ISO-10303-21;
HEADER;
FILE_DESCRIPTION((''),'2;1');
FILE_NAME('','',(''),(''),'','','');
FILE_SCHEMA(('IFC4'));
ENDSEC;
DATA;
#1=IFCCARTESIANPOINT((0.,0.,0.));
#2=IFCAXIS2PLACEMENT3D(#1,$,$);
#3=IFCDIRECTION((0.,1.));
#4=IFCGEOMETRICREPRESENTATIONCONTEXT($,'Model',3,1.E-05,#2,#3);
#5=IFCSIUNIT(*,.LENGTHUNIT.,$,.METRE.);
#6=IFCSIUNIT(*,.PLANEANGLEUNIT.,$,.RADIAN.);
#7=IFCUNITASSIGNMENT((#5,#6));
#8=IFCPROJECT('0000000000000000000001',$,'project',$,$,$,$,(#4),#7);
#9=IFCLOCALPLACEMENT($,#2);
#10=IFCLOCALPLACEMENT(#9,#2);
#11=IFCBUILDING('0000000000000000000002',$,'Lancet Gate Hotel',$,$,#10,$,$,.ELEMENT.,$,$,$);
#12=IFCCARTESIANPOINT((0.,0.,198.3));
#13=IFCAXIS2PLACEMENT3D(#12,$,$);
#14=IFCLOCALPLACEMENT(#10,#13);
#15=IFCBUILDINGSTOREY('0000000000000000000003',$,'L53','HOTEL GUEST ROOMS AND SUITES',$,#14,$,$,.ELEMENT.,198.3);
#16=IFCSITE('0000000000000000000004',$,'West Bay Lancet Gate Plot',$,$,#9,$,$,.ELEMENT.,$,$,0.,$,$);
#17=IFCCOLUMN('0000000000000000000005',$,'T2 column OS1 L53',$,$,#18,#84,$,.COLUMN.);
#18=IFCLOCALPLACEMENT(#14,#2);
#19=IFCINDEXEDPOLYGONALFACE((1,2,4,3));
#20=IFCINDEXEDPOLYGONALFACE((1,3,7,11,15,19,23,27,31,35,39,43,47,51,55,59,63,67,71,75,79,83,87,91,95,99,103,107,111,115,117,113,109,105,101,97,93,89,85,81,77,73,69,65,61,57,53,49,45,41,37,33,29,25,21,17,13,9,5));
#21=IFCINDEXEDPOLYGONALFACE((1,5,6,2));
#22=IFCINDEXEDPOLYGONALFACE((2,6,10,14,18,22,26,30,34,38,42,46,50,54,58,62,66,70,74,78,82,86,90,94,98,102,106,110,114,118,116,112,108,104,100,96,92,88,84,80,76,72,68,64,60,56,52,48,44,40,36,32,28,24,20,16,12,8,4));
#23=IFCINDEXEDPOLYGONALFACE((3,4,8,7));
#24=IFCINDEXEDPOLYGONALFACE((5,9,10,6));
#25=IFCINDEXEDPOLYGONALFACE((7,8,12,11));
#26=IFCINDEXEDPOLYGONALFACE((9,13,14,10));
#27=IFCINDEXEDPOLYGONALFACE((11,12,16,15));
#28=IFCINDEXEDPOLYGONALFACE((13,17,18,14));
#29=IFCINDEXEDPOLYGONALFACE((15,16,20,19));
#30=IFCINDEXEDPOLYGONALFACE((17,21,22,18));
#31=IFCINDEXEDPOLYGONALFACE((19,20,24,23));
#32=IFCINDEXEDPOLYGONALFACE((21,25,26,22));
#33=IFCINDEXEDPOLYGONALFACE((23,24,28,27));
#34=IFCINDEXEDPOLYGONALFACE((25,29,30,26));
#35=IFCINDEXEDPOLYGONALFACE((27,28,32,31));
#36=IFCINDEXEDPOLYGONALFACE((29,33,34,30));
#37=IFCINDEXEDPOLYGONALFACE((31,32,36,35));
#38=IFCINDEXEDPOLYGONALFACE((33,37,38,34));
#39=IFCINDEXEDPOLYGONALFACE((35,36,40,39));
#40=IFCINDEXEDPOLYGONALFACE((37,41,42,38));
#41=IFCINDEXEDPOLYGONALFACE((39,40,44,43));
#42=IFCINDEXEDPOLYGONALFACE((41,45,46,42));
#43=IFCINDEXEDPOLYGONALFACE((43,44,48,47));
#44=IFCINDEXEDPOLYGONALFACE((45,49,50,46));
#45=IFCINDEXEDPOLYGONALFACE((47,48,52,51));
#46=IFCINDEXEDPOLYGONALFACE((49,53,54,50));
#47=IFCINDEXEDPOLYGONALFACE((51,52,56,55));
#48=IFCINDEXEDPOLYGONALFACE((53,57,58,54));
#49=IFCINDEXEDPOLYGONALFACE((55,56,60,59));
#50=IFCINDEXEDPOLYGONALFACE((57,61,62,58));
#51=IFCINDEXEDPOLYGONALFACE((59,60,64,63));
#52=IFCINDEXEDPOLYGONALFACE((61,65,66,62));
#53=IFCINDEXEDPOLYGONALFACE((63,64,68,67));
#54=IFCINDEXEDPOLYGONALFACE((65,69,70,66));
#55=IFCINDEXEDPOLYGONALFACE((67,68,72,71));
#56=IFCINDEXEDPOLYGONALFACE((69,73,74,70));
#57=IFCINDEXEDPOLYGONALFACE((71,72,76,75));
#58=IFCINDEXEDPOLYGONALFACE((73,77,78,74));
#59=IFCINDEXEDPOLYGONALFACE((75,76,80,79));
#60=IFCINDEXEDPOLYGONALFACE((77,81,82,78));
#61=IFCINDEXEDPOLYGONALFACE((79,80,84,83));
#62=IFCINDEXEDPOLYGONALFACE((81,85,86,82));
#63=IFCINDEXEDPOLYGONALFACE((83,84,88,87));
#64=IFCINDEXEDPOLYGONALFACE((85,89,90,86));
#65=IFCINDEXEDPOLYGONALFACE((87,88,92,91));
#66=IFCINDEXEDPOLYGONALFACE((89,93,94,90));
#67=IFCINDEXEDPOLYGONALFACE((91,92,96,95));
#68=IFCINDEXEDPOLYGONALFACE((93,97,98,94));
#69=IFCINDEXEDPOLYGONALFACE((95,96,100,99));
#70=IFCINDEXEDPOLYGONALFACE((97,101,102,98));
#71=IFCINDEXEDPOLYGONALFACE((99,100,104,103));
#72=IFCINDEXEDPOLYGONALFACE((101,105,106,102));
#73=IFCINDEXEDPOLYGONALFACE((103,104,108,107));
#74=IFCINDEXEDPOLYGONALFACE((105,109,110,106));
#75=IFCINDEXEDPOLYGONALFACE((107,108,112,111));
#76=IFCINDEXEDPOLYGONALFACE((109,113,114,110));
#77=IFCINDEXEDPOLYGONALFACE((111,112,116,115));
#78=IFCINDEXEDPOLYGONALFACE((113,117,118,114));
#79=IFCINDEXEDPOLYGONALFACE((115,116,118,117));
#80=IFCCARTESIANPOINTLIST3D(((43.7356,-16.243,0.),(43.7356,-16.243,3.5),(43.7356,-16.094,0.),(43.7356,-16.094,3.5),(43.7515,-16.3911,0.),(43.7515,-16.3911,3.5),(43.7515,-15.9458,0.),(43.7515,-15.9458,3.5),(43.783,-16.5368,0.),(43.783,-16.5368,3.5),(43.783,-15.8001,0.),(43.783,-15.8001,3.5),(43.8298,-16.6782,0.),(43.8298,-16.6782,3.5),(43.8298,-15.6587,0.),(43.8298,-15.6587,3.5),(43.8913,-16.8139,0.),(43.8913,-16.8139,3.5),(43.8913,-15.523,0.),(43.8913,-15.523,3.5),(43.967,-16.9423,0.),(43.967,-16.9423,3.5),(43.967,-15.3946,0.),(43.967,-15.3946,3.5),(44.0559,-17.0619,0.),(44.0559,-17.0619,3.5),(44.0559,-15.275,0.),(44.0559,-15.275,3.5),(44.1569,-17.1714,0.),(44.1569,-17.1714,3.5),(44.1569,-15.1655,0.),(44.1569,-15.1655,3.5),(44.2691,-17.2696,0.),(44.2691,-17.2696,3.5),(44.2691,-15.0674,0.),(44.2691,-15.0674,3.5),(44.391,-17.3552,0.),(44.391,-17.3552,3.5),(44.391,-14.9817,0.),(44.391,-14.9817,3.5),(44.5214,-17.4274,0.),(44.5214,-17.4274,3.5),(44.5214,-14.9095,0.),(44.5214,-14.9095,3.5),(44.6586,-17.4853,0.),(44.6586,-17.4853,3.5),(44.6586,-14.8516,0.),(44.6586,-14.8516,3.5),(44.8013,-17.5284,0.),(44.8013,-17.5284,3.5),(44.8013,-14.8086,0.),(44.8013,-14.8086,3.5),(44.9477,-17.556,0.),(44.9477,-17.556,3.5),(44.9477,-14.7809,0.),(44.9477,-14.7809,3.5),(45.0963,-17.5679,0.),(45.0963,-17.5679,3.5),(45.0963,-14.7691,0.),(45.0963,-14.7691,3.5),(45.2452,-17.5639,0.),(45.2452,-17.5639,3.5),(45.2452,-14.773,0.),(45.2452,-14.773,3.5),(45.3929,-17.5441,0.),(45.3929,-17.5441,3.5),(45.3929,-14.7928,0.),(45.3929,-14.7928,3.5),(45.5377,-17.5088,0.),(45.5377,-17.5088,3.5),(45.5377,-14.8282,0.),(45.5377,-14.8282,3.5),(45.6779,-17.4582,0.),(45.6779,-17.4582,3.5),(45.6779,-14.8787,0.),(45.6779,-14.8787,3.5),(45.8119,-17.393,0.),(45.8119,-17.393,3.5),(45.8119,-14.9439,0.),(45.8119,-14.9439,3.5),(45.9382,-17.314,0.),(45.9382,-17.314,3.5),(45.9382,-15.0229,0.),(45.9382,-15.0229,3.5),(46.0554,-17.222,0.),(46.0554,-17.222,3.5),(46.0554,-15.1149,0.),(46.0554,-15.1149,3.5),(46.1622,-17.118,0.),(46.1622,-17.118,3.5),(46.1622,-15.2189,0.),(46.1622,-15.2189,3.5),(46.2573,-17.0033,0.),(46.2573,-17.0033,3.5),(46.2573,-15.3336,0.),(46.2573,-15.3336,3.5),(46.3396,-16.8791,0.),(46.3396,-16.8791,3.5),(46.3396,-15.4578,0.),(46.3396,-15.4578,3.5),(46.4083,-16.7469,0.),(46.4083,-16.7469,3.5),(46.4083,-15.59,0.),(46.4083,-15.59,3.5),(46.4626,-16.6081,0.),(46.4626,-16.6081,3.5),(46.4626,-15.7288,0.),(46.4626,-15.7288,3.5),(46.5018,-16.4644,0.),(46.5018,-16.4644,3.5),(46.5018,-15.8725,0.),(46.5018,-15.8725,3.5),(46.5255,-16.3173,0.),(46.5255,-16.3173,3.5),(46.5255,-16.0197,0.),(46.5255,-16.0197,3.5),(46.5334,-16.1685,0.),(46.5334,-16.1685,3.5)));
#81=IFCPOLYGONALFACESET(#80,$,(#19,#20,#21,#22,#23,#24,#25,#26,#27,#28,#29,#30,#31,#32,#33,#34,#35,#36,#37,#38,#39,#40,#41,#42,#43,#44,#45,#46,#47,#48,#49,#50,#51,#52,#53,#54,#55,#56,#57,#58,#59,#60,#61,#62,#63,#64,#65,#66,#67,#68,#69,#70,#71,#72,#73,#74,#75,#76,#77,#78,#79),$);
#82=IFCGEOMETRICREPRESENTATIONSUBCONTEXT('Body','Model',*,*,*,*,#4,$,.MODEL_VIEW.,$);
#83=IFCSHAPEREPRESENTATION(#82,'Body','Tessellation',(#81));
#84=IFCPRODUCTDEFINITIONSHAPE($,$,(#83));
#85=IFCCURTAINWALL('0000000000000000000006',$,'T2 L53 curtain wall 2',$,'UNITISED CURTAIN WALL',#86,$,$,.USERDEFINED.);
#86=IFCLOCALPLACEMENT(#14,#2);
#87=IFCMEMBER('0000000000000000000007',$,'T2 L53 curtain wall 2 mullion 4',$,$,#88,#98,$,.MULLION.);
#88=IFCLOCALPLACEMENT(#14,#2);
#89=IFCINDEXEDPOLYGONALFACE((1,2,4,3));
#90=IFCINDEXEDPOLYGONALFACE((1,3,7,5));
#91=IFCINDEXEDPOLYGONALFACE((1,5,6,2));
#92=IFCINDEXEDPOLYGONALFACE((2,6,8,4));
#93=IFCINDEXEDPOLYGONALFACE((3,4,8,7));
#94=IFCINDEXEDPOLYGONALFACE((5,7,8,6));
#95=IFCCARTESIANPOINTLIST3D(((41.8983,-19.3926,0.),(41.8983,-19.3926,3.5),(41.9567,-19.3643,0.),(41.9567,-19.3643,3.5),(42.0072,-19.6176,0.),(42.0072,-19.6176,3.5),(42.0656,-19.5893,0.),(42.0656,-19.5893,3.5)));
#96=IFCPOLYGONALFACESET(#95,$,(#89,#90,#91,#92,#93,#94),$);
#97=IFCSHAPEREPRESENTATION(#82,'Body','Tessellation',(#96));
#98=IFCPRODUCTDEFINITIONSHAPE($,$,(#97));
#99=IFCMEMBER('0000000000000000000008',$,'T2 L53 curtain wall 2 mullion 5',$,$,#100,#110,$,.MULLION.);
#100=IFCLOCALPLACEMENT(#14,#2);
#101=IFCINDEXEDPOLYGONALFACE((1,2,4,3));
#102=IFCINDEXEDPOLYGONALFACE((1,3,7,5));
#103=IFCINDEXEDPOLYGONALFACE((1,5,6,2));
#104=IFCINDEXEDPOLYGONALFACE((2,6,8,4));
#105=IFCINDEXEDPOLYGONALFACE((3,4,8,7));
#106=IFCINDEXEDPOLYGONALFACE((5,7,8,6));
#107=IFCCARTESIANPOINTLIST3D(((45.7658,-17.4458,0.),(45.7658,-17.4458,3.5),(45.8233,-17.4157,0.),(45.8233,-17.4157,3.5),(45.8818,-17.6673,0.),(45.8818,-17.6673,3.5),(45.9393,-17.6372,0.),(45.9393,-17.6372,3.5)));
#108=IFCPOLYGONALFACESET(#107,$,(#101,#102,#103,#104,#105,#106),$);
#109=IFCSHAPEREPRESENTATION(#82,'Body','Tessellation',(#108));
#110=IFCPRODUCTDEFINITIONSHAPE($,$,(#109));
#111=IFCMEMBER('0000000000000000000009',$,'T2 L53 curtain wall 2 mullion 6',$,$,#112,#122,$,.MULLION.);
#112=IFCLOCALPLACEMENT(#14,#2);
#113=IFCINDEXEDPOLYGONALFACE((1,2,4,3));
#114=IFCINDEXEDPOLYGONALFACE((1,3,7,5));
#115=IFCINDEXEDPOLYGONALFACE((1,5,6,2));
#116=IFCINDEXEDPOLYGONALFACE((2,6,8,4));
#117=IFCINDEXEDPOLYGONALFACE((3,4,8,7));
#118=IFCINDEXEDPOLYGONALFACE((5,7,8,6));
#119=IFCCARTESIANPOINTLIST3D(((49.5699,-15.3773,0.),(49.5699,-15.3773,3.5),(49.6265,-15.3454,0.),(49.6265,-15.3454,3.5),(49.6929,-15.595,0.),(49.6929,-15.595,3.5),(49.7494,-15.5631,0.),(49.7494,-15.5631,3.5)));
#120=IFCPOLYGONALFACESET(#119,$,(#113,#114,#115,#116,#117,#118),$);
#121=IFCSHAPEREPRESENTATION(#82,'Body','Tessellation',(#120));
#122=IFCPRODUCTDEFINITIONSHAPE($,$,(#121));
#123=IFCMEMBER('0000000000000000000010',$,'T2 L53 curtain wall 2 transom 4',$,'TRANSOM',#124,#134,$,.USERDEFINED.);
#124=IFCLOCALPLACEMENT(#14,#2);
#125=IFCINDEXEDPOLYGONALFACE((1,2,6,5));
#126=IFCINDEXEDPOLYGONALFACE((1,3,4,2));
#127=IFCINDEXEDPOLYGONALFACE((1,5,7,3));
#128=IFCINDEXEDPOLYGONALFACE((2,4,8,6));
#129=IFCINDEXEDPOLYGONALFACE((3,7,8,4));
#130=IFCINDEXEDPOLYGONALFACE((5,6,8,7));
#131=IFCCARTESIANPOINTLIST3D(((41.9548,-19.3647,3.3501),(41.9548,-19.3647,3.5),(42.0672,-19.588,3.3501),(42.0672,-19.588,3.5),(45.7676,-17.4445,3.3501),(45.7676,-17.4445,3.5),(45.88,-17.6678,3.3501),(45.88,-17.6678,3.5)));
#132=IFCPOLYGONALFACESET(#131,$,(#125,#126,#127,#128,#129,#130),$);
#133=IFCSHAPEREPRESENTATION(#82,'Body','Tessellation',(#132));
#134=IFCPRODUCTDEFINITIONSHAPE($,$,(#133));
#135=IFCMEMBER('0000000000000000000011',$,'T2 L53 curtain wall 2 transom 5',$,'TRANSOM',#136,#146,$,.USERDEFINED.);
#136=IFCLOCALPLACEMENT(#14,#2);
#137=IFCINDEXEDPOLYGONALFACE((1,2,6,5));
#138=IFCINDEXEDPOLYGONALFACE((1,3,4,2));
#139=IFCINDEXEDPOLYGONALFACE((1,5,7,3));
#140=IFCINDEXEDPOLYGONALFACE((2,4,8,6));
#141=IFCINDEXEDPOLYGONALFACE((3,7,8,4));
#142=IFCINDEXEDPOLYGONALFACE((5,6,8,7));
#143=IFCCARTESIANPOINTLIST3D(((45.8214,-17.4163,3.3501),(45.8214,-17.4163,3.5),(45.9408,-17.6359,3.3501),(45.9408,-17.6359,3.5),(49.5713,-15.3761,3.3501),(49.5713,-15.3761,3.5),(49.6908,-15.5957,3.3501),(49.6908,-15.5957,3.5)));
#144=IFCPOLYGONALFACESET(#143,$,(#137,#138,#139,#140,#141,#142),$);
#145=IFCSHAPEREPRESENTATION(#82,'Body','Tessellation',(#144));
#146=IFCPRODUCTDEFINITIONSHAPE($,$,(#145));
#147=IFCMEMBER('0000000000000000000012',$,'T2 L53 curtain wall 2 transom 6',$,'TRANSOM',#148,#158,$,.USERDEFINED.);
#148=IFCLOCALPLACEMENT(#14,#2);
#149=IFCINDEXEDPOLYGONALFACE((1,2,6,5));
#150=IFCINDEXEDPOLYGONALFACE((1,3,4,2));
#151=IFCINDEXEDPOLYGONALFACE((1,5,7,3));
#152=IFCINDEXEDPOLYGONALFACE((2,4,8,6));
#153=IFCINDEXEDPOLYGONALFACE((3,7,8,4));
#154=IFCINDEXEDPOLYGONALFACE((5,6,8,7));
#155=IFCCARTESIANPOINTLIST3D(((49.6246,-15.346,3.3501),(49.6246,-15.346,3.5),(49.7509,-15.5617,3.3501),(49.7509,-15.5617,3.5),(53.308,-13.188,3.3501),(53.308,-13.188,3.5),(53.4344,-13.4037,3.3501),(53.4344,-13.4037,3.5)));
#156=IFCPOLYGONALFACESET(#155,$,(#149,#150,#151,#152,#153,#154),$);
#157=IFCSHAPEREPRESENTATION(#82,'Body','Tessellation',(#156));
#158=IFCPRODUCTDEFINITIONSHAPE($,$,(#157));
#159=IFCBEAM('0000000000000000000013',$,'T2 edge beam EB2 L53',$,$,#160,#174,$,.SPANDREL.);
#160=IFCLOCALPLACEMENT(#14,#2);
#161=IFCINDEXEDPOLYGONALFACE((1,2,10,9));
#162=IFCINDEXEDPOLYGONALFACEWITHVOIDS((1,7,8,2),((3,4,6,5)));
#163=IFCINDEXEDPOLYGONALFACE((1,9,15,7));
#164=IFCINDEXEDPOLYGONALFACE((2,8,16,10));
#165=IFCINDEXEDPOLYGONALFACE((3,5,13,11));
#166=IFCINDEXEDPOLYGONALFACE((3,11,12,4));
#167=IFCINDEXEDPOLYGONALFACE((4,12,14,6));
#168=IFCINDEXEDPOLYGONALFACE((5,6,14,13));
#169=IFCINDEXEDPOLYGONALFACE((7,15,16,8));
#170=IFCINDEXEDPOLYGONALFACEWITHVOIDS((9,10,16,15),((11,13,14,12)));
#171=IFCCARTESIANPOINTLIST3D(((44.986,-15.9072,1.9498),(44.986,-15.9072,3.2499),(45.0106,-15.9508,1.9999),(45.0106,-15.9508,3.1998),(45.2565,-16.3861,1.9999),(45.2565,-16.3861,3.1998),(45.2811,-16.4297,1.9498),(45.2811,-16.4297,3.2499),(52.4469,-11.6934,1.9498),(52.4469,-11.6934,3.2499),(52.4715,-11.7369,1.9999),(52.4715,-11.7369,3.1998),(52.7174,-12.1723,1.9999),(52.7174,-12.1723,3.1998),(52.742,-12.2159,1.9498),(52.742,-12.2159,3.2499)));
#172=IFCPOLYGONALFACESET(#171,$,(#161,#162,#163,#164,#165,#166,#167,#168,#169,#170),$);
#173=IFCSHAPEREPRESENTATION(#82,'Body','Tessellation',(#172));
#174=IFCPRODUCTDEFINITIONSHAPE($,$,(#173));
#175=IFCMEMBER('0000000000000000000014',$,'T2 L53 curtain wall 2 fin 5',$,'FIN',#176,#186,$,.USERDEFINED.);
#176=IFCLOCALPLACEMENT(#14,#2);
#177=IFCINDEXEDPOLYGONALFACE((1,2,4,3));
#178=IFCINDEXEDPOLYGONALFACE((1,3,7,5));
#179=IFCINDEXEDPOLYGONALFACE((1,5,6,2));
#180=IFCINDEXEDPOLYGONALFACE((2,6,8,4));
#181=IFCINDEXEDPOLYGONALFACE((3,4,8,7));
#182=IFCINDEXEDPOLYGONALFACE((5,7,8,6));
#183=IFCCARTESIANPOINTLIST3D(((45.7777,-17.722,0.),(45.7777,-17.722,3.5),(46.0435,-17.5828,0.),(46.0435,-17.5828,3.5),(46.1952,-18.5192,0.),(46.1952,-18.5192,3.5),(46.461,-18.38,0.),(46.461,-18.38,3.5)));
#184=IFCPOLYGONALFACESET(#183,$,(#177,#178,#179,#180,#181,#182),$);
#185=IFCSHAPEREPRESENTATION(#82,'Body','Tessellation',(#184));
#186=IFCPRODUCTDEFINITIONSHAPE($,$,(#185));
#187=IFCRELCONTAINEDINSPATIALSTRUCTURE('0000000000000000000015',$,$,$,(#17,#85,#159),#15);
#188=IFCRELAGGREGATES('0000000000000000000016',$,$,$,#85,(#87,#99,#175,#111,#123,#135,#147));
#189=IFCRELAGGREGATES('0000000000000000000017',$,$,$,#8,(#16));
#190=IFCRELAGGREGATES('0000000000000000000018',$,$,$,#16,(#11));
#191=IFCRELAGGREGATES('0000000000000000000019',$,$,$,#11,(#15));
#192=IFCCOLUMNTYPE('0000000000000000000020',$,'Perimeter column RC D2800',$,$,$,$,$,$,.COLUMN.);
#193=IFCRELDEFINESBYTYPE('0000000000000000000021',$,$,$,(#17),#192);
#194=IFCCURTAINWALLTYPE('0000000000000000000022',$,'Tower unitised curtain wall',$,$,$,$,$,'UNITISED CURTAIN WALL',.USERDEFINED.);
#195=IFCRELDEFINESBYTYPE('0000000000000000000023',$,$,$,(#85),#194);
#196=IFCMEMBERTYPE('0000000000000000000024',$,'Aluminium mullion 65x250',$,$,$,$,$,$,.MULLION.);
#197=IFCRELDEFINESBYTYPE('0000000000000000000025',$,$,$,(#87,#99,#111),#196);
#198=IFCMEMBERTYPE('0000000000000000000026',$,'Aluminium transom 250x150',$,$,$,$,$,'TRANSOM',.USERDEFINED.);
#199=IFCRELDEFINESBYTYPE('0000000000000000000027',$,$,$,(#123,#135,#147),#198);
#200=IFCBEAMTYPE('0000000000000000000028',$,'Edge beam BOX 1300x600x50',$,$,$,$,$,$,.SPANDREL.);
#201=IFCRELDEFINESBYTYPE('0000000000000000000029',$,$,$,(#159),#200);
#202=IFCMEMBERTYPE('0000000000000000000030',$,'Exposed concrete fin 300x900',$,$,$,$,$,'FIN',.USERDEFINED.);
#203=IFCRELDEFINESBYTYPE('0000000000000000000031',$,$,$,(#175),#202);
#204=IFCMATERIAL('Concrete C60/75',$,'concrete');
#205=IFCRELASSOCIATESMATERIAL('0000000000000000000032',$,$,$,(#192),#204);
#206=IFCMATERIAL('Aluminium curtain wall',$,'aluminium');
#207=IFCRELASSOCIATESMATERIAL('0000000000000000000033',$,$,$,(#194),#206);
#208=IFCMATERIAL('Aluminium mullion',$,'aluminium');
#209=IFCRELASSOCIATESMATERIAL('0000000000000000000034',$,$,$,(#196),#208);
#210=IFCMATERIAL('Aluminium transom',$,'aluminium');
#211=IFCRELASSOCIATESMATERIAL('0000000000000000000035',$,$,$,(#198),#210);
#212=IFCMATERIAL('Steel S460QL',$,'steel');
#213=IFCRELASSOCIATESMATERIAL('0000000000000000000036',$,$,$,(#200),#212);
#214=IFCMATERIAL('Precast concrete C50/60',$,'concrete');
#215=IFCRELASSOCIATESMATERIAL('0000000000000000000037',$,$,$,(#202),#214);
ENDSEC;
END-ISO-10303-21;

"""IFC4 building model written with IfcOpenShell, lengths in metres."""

from ifc_helpers import new_model, si_unit, direction, frame, origin, origin_2d, place, context, subcontext, project, spatial, rectangle, hollow_rectangle, circle, extrude, material, material_profile, profile_set, type_object, element, aggregate, save


model = new_model("IFC4")

# Units and contexts
model_context = context("Model", 3, precision=1e-05, world=origin(), true_north=direction((0.0, 1.0)))
body_context = subcontext(model_context, "Body", "Model", "MODEL_VIEW")
ifc_project = project(units=[si_unit("LENGTHUNIT", "METRE"), si_unit("PLANEANGLEUNIT", "RADIAN")], contexts=[model_context])

# Site, building, storey
site_placement = place(None, origin())
site = spatial("IfcSite", under=ifc_project, at=site_placement, Name="West Bay Lancet Gate Plot", CompositionType="ELEMENT", RefElevation=0.0)
building_placement = place(site_placement, origin())
building = spatial("IfcBuilding", under=site, at=building_placement, Name="Lancet Gate Hotel", CompositionType="ELEMENT")
storey_placement = place(building_placement, frame((0.0, 0.0, 198.3)))
storey = spatial("IfcBuildingStorey", under=building, at=storey_placement, Name="L53", Description="HOTEL GUEST ROOMS AND SUITES", CompositionType="ELEMENT", Elevation=198.3)

# Column
ifc_material_1 = material(Name="Concrete C60/75", Category="concrete")
ifc_material_profile_1 = material_profile(ifc_material_1, circle(Radius=1.3999, at=origin_2d()), Name="RC D2800")
ifc_profile_set_1 = profile_set([ifc_material_profile_1], Name="Concrete C60/75")
column_type = type_object("IfcColumnType", Name="Perimeter column RC D2800", PredefinedType="COLUMN", material=ifc_profile_set_1)
column_placement = place(storey_placement, frame((45.1335, -16.1685, 0.0), z_axis=(0.0, 0.0, 1.0), x_axis=(1.0, 0.0, 0.0)))
element("IfcColumn", 1, at=column_placement, inside=storey, type_object=column_type, Name="T2 column OS1 L53", PredefinedType="COLUMN", context=body_context, shape_type="SweptSolid", body=[
    extrude(circle(Radius=1.3999, at=origin_2d()), origin(), (0.0, 0.0, 1.0), 3.5),
])

# Curtain wall, members
ifc_material_2 = material(Name="Aluminium curtain wall", Category="aluminium")
curtain_wall_type = type_object("IfcCurtainWallType", Name="Tower unitised curtain wall", ElementType="UNITISED CURTAIN WALL", PredefinedType="USERDEFINED", material=ifc_material_2)
curtain_wall_placement = place(storey_placement, origin())
curtain_wall = element("IfcCurtainWall", 2, at=curtain_wall_placement, inside=storey, type_object=curtain_wall_type, Name="T2 L53 curtain wall 2", ObjectType="UNITISED CURTAIN WALL", PredefinedType="USERDEFINED")
ifc_material_3 = material(Name="Aluminium mullion", Category="aluminium")
ifc_material_profile_2 = material_profile(ifc_material_3, rectangle(XDim=0.0649, YDim=0.25, at=origin_2d()), Name="MULLION 65x250")
ifc_profile_set_2 = profile_set([ifc_material_profile_2], Name="Aluminium mullion")
member_type_1 = type_object("IfcMemberType", Name="Aluminium mullion 65x250", PredefinedType="MULLION", material=ifc_profile_set_2)
member_1_placement = place(storey_placement, frame((41.9819, -19.491, 0.0), z_axis=(0.0, 0.0, 1.0), x_axis=(0.900141, 0.435598, 0.0)))
member_1 = element("IfcMember", 3, at=member_1_placement, type_object=member_type_1, Name="T2 L53 curtain wall 2 mullion 4", PredefinedType="MULLION", context=body_context, shape_type="SweptSolid", body=[
    extrude(rectangle(XDim=0.0649, YDim=0.25, at=origin_2d()), origin(), (0.0, 0.0, 1.0), 3.5),
])
member_2_placement = place(storey_placement, frame((45.8525, -17.5415, 0.0), z_axis=(0.0, 0.0, 1.0), x_axis=(0.885877, 0.46392, 0.0)))
member_2 = element("IfcMember", 4, at=member_2_placement, type_object=member_type_1, Name="T2 L53 curtain wall 2 mullion 5", PredefinedType="MULLION", context=body_context, shape_type="SweptSolid", body=[
    extrude(rectangle(XDim=0.0649, YDim=0.25, at=origin_2d()), origin(), (0.0, 0.0, 1.0), 3.5),
])
member_3_placement = place(storey_placement, frame((49.6597, -15.4702, 0.0), z_axis=(0.0, 0.0, 1.0), x_axis=(0.870722, 0.491776, 0.0)))
member_3 = element("IfcMember", 5, at=member_3_placement, type_object=member_type_1, Name="T2 L53 curtain wall 2 mullion 6", PredefinedType="MULLION", context=body_context, shape_type="SweptSolid", body=[
    extrude(rectangle(XDim=0.0649, YDim=0.25, at=origin_2d()), origin(), (0.0, 0.0, 1.0), 3.5),
])
ifc_material_4 = material(Name="Aluminium transom", Category="aluminium")
ifc_material_profile_3 = material_profile(ifc_material_4, rectangle(XDim=0.25, YDim=0.1499, at=origin_2d()), Name="TRANSOM 250x150")
ifc_profile_set_3 = profile_set([ifc_material_profile_3], Name="Aluminium transom")
member_type_2 = type_object("IfcMemberType", Name="Aluminium transom 250x150", ElementType="TRANSOM", PredefinedType="USERDEFINED", material=ifc_profile_set_3)
member_4_placement = place(storey_placement, frame((42.011, -19.4763, 3.425), z_axis=(0.893131, 0.449797, 0.0), x_axis=(-0.449797, 0.893131, 0.0)))
member_4 = element("IfcMember", 6, at=member_4_placement, type_object=member_type_2, Name="T2 L53 curtain wall 2 transom 4", ObjectType="TRANSOM", PredefinedType="USERDEFINED", context=body_context, shape_type="SweptSolid", body=[
    extrude(rectangle(XDim=0.25, YDim=0.1499, at=origin_2d()), origin(), (0.0, 0.0, 1.0), 4.269),
])
member_5_placement = place(storey_placement, frame((45.8811, -17.5261, 3.425), z_axis=(0.878404, 0.477918, 0.0), x_axis=(-0.477918, 0.878404, 0.0)))
member_5 = element("IfcMember", 7, at=member_5_placement, type_object=member_type_2, Name="T2 L53 curtain wall 2 transom 5", ObjectType="TRANSOM", PredefinedType="USERDEFINED", context=body_context, shape_type="SweptSolid", body=[
    extrude(rectangle(XDim=0.25, YDim=0.1499, at=origin_2d()), origin(), (0.0, 0.0, 1.0), 4.269),
])
member_6_placement = place(storey_placement, frame((49.6877, -15.4539, 3.425), z_axis=(0.862825, 0.505502, 0.0), x_axis=(-0.505502, 0.862825, 0.0)))
member_6 = element("IfcMember", 8, at=member_6_placement, type_object=member_type_2, Name="T2 L53 curtain wall 2 transom 6", ObjectType="TRANSOM", PredefinedType="USERDEFINED", context=body_context, shape_type="SweptSolid", body=[
    extrude(rectangle(XDim=0.25, YDim=0.1499, at=origin_2d()), origin(), (0.0, 0.0, 1.0), 4.269),
])

# Beam
ifc_material_5 = material(Name="Steel S460QL", Category="steel")
ifc_material_profile_4 = material_profile(ifc_material_5, hollow_rectangle(XDim=0.6001, YDim=1.3, WallThickness=0.05, at=origin_2d()), Name="BOX 1300x600x50")
ifc_profile_set_4 = profile_set([ifc_material_profile_4], Name="Steel S460QL")
beam_type_1 = type_object("IfcBeamType", Name="Edge beam BOX 1300x600x50", PredefinedType="SPANDREL", material=ifc_profile_set_4)
beam_1_placement = place(storey_placement, frame((45.1335, -16.1685, 2.5999), z_axis=(0.870722, 0.491776, 0.0), x_axis=(-0.491776, 0.870722, 0.0)))
element("IfcBeam", 9, at=beam_1_placement, inside=storey, type_object=beam_type_1, Name="T2 edge beam EB2 L53", PredefinedType="SPANDREL", context=body_context, shape_type="SweptSolid", body=[
    extrude(hollow_rectangle(XDim=0.6001, YDim=1.3, WallThickness=0.05, at=origin_2d()), origin(), (0.0, 0.0, 1.0), 8.5686),
])

# Member
ifc_material_6 = material(Name="Precast concrete C50/60", Category="concrete")
ifc_material_profile_5 = material_profile(ifc_material_6, rectangle(XDim=0.3, YDim=0.8999, at=origin_2d()), Name="FIN 300x900")
ifc_profile_set_5 = profile_set([ifc_material_profile_5], Name="Precast concrete C50/60")
member_type_3 = type_object("IfcMemberType", Name="Exposed concrete fin 300x900", ElementType="FIN", PredefinedType="USERDEFINED", material=ifc_profile_set_5)
member_7_placement = place(storey_placement, frame((46.1194, -18.051, 0.0), z_axis=(0.0, 0.0, 1.0), x_axis=(0.885877, 0.46392, 0.0)))
member_7 = element("IfcMember", 10, at=member_7_placement, type_object=member_type_3, Name="T2 L53 curtain wall 2 fin 5", ObjectType="FIN", PredefinedType="USERDEFINED", context=body_context, shape_type="SweptSolid", body=[
    extrude(rectangle(XDim=0.3, YDim=0.8999, at=origin_2d()), origin(), (0.0, 0.0, 1.0), 3.5),
])

aggregate(curtain_wall, [member_1, member_2, member_7, member_3, member_4, member_5, member_6])

save(model, "model.ifc")
